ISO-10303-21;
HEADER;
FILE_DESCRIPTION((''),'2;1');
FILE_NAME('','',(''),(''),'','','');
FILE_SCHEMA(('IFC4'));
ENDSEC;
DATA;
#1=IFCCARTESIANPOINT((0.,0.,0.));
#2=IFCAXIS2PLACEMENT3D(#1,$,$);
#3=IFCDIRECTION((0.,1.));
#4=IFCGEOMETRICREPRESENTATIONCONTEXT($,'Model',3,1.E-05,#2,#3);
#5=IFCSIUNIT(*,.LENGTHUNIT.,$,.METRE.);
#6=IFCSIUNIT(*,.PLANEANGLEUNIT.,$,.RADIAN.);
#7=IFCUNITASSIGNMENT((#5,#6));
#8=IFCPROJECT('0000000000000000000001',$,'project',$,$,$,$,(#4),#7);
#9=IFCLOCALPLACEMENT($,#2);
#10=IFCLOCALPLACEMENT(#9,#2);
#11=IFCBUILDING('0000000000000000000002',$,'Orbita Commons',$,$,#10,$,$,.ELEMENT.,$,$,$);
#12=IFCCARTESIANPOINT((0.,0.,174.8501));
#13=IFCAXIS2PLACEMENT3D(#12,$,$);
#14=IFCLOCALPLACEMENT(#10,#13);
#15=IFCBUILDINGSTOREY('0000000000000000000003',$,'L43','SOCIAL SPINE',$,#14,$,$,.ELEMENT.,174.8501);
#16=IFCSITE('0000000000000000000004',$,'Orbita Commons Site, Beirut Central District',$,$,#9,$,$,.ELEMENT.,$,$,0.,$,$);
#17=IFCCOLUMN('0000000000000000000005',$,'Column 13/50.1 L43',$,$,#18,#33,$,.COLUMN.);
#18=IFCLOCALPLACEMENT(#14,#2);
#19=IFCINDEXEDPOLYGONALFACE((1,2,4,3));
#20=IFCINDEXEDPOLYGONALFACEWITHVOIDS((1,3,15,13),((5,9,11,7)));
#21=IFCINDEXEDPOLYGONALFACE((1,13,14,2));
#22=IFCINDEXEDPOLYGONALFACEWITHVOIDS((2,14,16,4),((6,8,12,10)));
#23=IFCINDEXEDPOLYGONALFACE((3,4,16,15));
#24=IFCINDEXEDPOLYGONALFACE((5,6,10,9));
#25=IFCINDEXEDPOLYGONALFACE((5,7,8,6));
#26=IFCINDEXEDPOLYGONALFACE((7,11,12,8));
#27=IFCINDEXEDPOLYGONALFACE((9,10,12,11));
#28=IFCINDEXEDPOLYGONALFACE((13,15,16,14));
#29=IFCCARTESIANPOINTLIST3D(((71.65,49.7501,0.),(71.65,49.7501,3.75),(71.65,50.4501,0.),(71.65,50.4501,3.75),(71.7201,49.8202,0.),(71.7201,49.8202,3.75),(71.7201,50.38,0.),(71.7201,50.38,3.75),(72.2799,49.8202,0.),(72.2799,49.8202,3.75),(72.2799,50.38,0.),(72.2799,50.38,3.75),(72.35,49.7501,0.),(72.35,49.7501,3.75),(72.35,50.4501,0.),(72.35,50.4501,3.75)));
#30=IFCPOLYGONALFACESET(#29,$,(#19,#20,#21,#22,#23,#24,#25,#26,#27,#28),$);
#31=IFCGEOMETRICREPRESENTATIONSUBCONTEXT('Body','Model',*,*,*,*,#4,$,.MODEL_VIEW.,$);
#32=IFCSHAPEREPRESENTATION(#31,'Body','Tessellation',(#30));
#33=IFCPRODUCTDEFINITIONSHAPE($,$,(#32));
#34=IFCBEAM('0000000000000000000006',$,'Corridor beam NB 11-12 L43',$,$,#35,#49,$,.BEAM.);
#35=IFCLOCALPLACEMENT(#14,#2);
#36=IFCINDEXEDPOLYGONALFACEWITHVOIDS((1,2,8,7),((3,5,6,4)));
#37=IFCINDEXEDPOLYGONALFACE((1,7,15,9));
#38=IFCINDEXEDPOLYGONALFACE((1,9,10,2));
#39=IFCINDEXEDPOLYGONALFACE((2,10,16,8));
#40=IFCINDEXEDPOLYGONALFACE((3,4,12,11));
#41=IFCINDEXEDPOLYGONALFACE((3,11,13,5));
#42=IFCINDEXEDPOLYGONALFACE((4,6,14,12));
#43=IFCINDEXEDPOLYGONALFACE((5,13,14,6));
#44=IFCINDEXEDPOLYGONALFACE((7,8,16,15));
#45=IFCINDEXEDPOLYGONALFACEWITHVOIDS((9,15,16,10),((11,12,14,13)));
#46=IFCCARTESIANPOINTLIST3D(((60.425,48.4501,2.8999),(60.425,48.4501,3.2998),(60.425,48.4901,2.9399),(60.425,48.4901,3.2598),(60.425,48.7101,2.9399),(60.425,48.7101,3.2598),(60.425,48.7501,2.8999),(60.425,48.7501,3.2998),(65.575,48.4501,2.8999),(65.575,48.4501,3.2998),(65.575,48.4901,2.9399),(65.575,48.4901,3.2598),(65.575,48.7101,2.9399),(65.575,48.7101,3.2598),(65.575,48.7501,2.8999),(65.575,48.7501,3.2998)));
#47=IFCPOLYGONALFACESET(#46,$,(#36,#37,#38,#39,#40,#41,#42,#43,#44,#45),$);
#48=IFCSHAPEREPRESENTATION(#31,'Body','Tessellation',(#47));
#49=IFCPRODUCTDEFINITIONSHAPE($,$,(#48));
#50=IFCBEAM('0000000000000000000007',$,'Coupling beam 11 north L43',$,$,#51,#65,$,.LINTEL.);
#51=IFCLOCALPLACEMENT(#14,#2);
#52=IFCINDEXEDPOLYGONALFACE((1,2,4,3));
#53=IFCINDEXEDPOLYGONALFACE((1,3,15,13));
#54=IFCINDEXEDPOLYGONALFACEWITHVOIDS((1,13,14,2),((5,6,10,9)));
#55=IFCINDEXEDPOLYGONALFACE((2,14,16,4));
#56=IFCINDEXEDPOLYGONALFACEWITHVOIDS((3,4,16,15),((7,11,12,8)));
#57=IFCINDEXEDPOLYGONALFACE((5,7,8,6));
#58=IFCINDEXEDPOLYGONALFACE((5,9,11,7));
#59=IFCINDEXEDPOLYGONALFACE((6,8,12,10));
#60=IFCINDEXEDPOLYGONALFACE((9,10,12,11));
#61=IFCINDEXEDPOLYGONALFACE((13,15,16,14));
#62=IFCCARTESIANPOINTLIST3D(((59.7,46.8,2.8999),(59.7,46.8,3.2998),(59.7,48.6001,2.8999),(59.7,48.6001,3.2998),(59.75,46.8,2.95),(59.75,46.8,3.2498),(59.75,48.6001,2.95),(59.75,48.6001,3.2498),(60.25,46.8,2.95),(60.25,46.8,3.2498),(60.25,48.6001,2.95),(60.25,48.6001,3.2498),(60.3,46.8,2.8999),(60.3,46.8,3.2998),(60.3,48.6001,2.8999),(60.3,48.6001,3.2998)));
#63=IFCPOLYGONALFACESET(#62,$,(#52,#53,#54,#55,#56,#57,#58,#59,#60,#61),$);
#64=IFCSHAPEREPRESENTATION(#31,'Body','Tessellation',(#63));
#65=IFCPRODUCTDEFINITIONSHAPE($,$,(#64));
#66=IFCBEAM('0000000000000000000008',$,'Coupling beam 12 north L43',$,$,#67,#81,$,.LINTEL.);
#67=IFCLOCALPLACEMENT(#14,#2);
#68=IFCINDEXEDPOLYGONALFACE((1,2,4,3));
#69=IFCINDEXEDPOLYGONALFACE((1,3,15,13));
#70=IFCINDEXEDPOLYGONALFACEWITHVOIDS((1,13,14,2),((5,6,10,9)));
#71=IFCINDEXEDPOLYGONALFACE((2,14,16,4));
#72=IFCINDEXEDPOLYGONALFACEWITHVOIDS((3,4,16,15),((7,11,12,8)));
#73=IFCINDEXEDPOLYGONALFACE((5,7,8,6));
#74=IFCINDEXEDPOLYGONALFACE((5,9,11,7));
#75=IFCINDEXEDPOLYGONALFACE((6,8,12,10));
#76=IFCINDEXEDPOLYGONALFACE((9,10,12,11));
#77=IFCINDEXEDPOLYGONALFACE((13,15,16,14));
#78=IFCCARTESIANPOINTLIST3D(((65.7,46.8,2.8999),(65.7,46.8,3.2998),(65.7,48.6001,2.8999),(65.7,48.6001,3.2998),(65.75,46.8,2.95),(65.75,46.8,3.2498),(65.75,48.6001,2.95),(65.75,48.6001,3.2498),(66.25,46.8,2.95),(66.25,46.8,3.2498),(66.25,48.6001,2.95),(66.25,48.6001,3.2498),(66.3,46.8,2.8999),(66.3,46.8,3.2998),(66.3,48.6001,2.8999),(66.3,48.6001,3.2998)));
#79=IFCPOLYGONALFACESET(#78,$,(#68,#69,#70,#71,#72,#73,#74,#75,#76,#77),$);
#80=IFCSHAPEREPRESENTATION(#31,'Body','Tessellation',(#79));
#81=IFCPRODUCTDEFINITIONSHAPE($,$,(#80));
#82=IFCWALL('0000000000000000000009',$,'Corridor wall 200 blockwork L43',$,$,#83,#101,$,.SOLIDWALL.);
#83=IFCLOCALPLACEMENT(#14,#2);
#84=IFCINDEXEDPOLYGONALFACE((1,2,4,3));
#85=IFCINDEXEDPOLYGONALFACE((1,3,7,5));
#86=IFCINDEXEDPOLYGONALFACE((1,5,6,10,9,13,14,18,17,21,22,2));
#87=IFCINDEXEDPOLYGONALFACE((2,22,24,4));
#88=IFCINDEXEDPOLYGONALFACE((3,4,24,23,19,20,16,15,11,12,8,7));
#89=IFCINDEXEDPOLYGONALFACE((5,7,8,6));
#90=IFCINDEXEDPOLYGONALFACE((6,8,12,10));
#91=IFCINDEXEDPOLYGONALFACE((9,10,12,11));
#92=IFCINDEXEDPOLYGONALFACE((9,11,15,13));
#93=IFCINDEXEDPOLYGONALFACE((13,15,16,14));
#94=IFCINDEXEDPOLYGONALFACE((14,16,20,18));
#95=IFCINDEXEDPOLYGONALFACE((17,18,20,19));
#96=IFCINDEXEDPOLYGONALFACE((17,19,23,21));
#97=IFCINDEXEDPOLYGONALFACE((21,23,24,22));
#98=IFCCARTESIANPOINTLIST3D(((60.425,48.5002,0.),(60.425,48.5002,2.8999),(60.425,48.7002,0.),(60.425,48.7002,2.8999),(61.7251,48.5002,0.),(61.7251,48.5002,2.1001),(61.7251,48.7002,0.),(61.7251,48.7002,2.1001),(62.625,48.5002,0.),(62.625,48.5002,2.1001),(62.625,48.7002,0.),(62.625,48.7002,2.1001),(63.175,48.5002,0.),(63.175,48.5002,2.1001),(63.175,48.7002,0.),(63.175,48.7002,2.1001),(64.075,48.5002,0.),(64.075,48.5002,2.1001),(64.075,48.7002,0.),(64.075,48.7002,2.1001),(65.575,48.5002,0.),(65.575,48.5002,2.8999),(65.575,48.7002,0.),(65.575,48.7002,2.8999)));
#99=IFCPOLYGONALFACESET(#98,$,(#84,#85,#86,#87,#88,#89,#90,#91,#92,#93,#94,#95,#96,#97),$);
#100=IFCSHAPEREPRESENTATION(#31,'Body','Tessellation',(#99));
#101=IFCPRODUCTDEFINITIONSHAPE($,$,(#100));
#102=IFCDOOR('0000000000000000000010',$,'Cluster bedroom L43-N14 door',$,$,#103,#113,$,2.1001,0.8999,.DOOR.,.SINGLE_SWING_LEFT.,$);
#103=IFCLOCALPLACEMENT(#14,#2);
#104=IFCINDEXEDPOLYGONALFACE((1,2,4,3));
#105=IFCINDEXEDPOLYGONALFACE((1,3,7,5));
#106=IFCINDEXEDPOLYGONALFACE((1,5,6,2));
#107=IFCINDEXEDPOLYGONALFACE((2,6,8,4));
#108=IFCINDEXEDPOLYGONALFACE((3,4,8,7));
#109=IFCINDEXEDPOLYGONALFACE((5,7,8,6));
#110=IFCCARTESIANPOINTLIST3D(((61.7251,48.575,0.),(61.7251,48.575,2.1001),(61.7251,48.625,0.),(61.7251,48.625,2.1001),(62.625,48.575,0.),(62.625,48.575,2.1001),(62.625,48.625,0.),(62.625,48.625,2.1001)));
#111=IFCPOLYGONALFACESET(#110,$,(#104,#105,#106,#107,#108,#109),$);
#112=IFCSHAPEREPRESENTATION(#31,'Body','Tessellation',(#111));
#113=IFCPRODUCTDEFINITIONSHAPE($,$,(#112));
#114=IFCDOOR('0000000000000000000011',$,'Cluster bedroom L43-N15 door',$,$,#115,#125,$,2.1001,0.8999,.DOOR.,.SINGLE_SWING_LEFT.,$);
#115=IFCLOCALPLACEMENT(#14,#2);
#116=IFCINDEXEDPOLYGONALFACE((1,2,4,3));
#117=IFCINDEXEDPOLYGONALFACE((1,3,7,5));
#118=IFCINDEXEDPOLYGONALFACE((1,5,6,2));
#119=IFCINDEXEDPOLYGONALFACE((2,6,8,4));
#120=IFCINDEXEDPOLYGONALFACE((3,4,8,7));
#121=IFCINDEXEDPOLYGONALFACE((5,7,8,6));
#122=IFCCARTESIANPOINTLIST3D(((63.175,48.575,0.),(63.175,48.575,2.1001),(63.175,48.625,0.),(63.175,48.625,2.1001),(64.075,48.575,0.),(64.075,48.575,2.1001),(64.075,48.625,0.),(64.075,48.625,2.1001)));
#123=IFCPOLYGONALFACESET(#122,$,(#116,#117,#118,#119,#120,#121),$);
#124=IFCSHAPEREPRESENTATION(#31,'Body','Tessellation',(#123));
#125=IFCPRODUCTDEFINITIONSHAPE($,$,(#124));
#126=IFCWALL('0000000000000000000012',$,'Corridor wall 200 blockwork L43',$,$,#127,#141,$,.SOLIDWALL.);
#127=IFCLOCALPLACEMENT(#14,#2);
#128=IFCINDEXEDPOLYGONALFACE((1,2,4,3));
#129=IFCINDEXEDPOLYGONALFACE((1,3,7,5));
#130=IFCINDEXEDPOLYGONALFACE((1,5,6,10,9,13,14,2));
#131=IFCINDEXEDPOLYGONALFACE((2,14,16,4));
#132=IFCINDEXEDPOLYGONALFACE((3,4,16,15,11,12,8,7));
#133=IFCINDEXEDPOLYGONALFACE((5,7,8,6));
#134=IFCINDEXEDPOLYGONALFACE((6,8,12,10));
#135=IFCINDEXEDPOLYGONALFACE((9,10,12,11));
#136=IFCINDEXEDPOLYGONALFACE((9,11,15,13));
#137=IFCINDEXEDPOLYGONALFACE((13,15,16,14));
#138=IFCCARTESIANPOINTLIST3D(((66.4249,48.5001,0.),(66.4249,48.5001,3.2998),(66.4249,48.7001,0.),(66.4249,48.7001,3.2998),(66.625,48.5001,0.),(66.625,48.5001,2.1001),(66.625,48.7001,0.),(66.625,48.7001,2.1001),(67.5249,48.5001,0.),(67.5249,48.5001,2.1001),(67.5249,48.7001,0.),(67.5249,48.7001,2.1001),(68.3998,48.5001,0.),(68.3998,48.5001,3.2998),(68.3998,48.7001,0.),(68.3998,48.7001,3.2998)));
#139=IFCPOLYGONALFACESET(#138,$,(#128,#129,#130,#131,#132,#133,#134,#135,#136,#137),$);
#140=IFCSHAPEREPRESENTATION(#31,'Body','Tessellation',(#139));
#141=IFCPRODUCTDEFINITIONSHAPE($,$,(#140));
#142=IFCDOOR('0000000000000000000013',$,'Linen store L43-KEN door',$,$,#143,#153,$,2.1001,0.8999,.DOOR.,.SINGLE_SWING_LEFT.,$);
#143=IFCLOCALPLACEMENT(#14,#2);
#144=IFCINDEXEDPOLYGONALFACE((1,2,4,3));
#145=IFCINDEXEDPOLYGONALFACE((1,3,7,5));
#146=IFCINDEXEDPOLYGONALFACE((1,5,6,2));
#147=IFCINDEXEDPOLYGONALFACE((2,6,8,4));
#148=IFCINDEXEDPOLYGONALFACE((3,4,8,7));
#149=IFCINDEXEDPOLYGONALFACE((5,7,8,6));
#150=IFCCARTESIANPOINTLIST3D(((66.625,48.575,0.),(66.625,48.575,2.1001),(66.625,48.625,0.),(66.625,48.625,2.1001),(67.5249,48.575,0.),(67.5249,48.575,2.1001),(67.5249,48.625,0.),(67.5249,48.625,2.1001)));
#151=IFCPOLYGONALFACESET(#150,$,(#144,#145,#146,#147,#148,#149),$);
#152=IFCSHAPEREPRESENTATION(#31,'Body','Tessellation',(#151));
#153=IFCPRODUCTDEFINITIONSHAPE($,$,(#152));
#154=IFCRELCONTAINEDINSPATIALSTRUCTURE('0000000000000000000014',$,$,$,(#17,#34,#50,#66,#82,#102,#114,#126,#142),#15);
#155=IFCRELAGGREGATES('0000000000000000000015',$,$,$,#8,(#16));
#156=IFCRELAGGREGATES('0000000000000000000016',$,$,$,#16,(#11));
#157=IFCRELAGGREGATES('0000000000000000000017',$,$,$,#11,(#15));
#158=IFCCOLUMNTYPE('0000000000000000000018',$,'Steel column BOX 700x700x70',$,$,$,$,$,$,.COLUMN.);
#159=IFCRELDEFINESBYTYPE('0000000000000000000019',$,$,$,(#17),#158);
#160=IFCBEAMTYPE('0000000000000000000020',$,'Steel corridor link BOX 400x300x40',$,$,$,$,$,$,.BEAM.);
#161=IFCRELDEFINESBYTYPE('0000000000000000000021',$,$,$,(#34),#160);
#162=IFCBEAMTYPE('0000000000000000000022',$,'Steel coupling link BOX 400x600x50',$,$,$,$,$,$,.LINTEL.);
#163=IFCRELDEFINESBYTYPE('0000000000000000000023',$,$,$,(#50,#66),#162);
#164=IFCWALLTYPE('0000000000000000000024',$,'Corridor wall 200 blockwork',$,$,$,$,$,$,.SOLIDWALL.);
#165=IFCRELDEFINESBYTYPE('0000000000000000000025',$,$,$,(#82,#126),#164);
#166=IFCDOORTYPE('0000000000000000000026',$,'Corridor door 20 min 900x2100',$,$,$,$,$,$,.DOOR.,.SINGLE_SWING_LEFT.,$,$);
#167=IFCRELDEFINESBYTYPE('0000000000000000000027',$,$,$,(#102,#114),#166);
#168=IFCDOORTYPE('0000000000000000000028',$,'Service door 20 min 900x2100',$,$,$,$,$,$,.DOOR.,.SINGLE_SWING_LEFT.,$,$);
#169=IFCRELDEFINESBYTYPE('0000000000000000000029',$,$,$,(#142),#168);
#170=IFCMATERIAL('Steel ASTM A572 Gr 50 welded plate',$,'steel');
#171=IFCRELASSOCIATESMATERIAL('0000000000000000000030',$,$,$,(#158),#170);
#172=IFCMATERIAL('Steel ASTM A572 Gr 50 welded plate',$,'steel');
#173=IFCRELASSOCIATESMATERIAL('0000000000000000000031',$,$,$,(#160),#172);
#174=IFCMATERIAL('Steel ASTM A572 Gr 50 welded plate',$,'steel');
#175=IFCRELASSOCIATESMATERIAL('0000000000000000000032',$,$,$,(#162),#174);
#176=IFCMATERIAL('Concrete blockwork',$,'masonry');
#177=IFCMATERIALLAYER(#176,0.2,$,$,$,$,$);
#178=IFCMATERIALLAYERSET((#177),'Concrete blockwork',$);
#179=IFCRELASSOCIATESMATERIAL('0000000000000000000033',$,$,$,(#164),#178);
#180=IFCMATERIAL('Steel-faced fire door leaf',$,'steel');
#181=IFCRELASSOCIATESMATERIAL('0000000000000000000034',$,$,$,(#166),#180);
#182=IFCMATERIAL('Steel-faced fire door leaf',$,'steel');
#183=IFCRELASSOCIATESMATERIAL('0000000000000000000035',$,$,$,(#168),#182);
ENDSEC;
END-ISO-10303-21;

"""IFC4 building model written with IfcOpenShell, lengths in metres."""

from ifc_helpers import new_model, si_unit, direction, frame, frame_2d, origin, origin_2d, place, context, subcontext, project, spatial, polyline, rectangle, hollow_rectangle, outline, extrude, material, layer, layer_set, material_profile, profile_set, type_object, element, fill, save


model = new_model("IFC4")

# Units and contexts
model_context = context("Model", 3, precision=1e-05, world=origin(), true_north=direction((0.0, 1.0)))
body_context = subcontext(model_context, "Body", "Model", "MODEL_VIEW")
ifc_project = project(units=[si_unit("LENGTHUNIT", "METRE"), si_unit("PLANEANGLEUNIT", "RADIAN")], contexts=[model_context])

# Site, building, storey
site_placement = place(None, origin())
site = spatial("IfcSite", under=ifc_project, at=site_placement, Name="Orbita Commons Site, Beirut Central District", CompositionType="ELEMENT", RefElevation=0.0)
building_placement = place(site_placement, origin())
building = spatial("IfcBuilding", under=site, at=building_placement, Name="Orbita Commons", CompositionType="ELEMENT")
storey_placement = place(building_placement, frame((0.0, 0.0, 174.8501)))
storey = spatial("IfcBuildingStorey", under=building, at=storey_placement, Name="L43", Description="SOCIAL SPINE", CompositionType="ELEMENT", Elevation=174.8501)

# Column
ifc_material_1 = material(Name="Steel ASTM A572 Gr 50 welded plate", Category="steel")
ifc_material_profile_1 = material_profile(ifc_material_1, hollow_rectangle(XDim=0.7, YDim=0.7, WallThickness=0.0701, at=origin_2d()), Name="BOX 700x700x70")
ifc_profile_set_1 = profile_set([ifc_material_profile_1], Name="Steel ASTM A572 Gr 50 welded plate")
column_type = type_object("IfcColumnType", Name="Steel column BOX 700x700x70", PredefinedType="COLUMN", material=ifc_profile_set_1)
column_placement = place(storey_placement, frame((72.0, 50.1001, 0.0), z_axis=(0.0, 0.0, 1.0), x_axis=(1.0, 0.0, 0.0)))
element("IfcColumn", 1, at=column_placement, inside=storey, type_object=column_type, Name="Column 13/50.1 L43", PredefinedType="COLUMN", context=body_context, shape_type="SweptSolid", body=[
    extrude(hollow_rectangle(XDim=0.7, YDim=0.7, WallThickness=0.0701, at=origin_2d()), origin(), (0.0, 0.0, 1.0), 3.75),
])

# Beams
ifc_material_2 = material(Name="Steel ASTM A572 Gr 50 welded plate", Category="steel")
ifc_material_profile_2 = material_profile(ifc_material_2, hollow_rectangle(XDim=0.3, YDim=0.3999, WallThickness=0.04, at=origin_2d()), Name="BOX 400x300x40")
ifc_profile_set_2 = profile_set([ifc_material_profile_2], Name="Steel ASTM A572 Gr 50 welded plate")
beam_type_1 = type_object("IfcBeamType", Name="Steel corridor link BOX 400x300x40", PredefinedType="BEAM", material=ifc_profile_set_2)
beam_placement = place(storey_placement, frame((60.425, 48.6001, 3.0999), z_axis=(1.0, 0.0, 0.0), x_axis=(0.0, 1.0, 0.0)))
element("IfcBeam", 2, at=beam_placement, inside=storey, type_object=beam_type_1, Name="Corridor beam NB 11-12 L43", PredefinedType="BEAM", context=body_context, shape_type="SweptSolid", body=[
    extrude(hollow_rectangle(XDim=0.3, YDim=0.3999, WallThickness=0.04, at=origin_2d()), origin(), (0.0, 0.0, 1.0), 5.1499),
])
ifc_material_3 = material(Name="Steel ASTM A572 Gr 50 welded plate", Category="steel")
ifc_material_profile_3 = material_profile(ifc_material_3, hollow_rectangle(XDim=0.6001, YDim=0.3999, WallThickness=0.05, at=origin_2d()), Name="BOX 400x600x50")
ifc_profile_set_3 = profile_set([ifc_material_profile_3], Name="Steel ASTM A572 Gr 50 welded plate")
beam_type_2 = type_object("IfcBeamType", Name="Steel coupling link BOX 400x600x50", PredefinedType="LINTEL", material=ifc_profile_set_3)
for number, where, z_axis, x_axis, name in (
    (3, (60.0, 46.8, 3.0999), (0.0, 1.0, 0.0), (-1.0, 0.0, 0.0), "Coupling beam 11 north L43"),
    (4, (66.0, 46.8, 3.0999), (0.0, 1.0, 0.0), (-1.0, 0.0, 0.0), "Coupling beam 12 north L43"),
):
    element("IfcBeam", number, at=place(storey_placement, frame(where, z_axis=z_axis, x_axis=x_axis)), inside=storey, type_object=beam_type_2, Name=name, PredefinedType="LINTEL", context=body_context, shape_type="SweptSolid", body=[
        extrude(hollow_rectangle(XDim=0.6001, YDim=0.3999, WallThickness=0.05, at=origin_2d()), origin(), (0.0, 0.0, 1.0), 1.8),
    ])

# Wall, openings, doors
ifc_material_4 = material(Name="Concrete blockwork", Category="masonry")
ifc_layer_1 = layer(ifc_material_4, 0.2)
ifc_layer_set_1 = layer_set([ifc_layer_1], Name="Concrete blockwork")
wall_type_1 = type_object("IfcWallType", Name="Corridor wall 200 blockwork", PredefinedType="SOLIDWALL", material=ifc_layer_set_1)
wall_1_placement = place(storey_placement, frame((60.425, 48.6001, 0.0), z_axis=(0.0, 0.0, 1.0), x_axis=(1.0, 0.0, 0.0)))
wall_1 = element("IfcWall", 5, at=wall_1_placement, inside=storey, type_object=wall_type_1, Name="Corridor wall 200 blockwork L43", PredefinedType="SOLIDWALL", context=body_context, shape_type="SweptSolid", body=[
    extrude(outline(polyline([(0.0, 0.0), (5.1499, 0.0), (5.1499, 2.8999), (0.0, 2.8999), (0.0, 0.0)])), frame((0.0, 0.1001, 0.0), z_axis=(0.0, -1.0, 0.0), x_axis=(1.0, 0.0, 0.0)), (0.0, 0.0, 1.0), 0.2),
])
opening_1_placement = place(wall_1_placement, frame((1.3, 0.0, 0.0)))
opening_1 = element("IfcOpeningElement", 6, at=opening_1_placement, cuts=wall_1, PredefinedType="OPENING", context=body_context, shape_type="SweptSolid", body=[
    extrude(rectangle(XDim=0.8999, YDim=2.1001, at=frame_2d((0.45, 1.05))), frame((0.0, 0.1099, 0.0), z_axis=(0.0, -1.0, 0.0), x_axis=(1.0, 0.0, 0.0)), (0.0, 0.0, 1.0), 0.22),
])
opening_2_placement = place(wall_1_placement, frame((2.75, 0.0, 0.0)))
opening_2 = element("IfcOpeningElement", 7, at=opening_2_placement, cuts=wall_1, PredefinedType="OPENING", context=body_context, shape_type="SweptSolid", body=[
    extrude(rectangle(XDim=0.8999, YDim=2.1001, at=frame_2d((0.45, 1.05))), frame((0.0, 0.1099, 0.0), z_axis=(0.0, -1.0, 0.0), x_axis=(1.0, 0.0, 0.0)), (0.0, 0.0, 1.0), 0.22),
])
ifc_material_5 = material(Name="Steel-faced fire door leaf", Category="steel")
door_type_1 = type_object("IfcDoorType", Name="Corridor door 20 min 900x2100", OperationType="SINGLE_SWING_LEFT", PredefinedType="DOOR", material=ifc_material_5)
door_1_placement = place(opening_1_placement, origin())
door_1 = element("IfcDoor", 8, at=door_1_placement, inside=storey, type_object=door_type_1, Name="Cluster bedroom L43-N14 door", OperationType="SINGLE_SWING_LEFT", OverallHeight=2.1001, OverallWidth=0.8999, PredefinedType="DOOR", context=body_context, shape_type="SweptSolid", body=[
    extrude(rectangle(XDim=0.8999, YDim=2.1001, at=frame_2d((0.45, 1.05))), frame((0.0, 0.0249, 0.0), z_axis=(0.0, -1.0, 0.0), x_axis=(1.0, 0.0, 0.0)), (0.0, 0.0, 1.0), 0.05),
])
fill(opening_1, door_1)
door_2_placement = place(opening_2_placement, origin())
door_2 = element("IfcDoor", 9, at=door_2_placement, inside=storey, type_object=door_type_1, Name="Cluster bedroom L43-N15 door", OperationType="SINGLE_SWING_LEFT", OverallHeight=2.1001, OverallWidth=0.8999, PredefinedType="DOOR", context=body_context, shape_type="SweptSolid", body=[
    extrude(rectangle(XDim=0.8999, YDim=2.1001, at=frame_2d((0.45, 1.05))), frame((0.0, 0.0249, 0.0), z_axis=(0.0, -1.0, 0.0), x_axis=(1.0, 0.0, 0.0)), (0.0, 0.0, 1.0), 0.05),
])
fill(opening_2, door_2)

# Wall, opening, door
wall_2_placement = place(storey_placement, frame((66.425, 48.6001, 0.0), z_axis=(0.0, 0.0, 1.0), x_axis=(1.0, 0.0, 0.0)))
wall_2 = element("IfcWall", 10, at=wall_2_placement, inside=storey, type_object=wall_type_1, Name="Corridor wall 200 blockwork L43", PredefinedType="SOLIDWALL", context=body_context, shape_type="SweptSolid", body=[
    extrude(rectangle(XDim=1.9749, YDim=0.2, at=frame_2d((0.9873, 0.0))), origin(), (0.0, 0.0, 1.0), 3.2998),
])
opening_3_placement = place(wall_2_placement, frame((0.2, 0.0, 0.0)))
opening_3 = element("IfcOpeningElement", 11, at=opening_3_placement, cuts=wall_2, PredefinedType="OPENING", context=body_context, shape_type="SweptSolid", body=[
    extrude(rectangle(XDim=0.8999, YDim=2.1001, at=frame_2d((0.45, 1.05))), frame((0.0, 0.1099, 0.0), z_axis=(0.0, -1.0, 0.0), x_axis=(1.0, 0.0, 0.0)), (0.0, 0.0, 1.0), 0.22),
])
ifc_material_6 = material(Name="Steel-faced fire door leaf", Category="steel")
door_type_2 = type_object("IfcDoorType", Name="Service door 20 min 900x2100", OperationType="SINGLE_SWING_LEFT", PredefinedType="DOOR", material=ifc_material_6)
door_3_placement = place(opening_3_placement, origin())
door_3 = element("IfcDoor", 12, at=door_3_placement, inside=storey, type_object=door_type_2, Name="Linen store L43-KEN door", OperationType="SINGLE_SWING_LEFT", OverallHeight=2.1001, OverallWidth=0.8999, PredefinedType="DOOR", context=body_context, shape_type="SweptSolid", body=[
    extrude(rectangle(XDim=0.8999, YDim=2.1001, at=frame_2d((0.45, 1.05))), frame((0.0, 0.0249, 0.0), z_axis=(0.0, -1.0, 0.0), x_axis=(1.0, 0.0, 0.0)), (0.0, 0.0, 1.0), 0.05),
])
fill(opening_3, door_3)

save(model, "model.ifc")
